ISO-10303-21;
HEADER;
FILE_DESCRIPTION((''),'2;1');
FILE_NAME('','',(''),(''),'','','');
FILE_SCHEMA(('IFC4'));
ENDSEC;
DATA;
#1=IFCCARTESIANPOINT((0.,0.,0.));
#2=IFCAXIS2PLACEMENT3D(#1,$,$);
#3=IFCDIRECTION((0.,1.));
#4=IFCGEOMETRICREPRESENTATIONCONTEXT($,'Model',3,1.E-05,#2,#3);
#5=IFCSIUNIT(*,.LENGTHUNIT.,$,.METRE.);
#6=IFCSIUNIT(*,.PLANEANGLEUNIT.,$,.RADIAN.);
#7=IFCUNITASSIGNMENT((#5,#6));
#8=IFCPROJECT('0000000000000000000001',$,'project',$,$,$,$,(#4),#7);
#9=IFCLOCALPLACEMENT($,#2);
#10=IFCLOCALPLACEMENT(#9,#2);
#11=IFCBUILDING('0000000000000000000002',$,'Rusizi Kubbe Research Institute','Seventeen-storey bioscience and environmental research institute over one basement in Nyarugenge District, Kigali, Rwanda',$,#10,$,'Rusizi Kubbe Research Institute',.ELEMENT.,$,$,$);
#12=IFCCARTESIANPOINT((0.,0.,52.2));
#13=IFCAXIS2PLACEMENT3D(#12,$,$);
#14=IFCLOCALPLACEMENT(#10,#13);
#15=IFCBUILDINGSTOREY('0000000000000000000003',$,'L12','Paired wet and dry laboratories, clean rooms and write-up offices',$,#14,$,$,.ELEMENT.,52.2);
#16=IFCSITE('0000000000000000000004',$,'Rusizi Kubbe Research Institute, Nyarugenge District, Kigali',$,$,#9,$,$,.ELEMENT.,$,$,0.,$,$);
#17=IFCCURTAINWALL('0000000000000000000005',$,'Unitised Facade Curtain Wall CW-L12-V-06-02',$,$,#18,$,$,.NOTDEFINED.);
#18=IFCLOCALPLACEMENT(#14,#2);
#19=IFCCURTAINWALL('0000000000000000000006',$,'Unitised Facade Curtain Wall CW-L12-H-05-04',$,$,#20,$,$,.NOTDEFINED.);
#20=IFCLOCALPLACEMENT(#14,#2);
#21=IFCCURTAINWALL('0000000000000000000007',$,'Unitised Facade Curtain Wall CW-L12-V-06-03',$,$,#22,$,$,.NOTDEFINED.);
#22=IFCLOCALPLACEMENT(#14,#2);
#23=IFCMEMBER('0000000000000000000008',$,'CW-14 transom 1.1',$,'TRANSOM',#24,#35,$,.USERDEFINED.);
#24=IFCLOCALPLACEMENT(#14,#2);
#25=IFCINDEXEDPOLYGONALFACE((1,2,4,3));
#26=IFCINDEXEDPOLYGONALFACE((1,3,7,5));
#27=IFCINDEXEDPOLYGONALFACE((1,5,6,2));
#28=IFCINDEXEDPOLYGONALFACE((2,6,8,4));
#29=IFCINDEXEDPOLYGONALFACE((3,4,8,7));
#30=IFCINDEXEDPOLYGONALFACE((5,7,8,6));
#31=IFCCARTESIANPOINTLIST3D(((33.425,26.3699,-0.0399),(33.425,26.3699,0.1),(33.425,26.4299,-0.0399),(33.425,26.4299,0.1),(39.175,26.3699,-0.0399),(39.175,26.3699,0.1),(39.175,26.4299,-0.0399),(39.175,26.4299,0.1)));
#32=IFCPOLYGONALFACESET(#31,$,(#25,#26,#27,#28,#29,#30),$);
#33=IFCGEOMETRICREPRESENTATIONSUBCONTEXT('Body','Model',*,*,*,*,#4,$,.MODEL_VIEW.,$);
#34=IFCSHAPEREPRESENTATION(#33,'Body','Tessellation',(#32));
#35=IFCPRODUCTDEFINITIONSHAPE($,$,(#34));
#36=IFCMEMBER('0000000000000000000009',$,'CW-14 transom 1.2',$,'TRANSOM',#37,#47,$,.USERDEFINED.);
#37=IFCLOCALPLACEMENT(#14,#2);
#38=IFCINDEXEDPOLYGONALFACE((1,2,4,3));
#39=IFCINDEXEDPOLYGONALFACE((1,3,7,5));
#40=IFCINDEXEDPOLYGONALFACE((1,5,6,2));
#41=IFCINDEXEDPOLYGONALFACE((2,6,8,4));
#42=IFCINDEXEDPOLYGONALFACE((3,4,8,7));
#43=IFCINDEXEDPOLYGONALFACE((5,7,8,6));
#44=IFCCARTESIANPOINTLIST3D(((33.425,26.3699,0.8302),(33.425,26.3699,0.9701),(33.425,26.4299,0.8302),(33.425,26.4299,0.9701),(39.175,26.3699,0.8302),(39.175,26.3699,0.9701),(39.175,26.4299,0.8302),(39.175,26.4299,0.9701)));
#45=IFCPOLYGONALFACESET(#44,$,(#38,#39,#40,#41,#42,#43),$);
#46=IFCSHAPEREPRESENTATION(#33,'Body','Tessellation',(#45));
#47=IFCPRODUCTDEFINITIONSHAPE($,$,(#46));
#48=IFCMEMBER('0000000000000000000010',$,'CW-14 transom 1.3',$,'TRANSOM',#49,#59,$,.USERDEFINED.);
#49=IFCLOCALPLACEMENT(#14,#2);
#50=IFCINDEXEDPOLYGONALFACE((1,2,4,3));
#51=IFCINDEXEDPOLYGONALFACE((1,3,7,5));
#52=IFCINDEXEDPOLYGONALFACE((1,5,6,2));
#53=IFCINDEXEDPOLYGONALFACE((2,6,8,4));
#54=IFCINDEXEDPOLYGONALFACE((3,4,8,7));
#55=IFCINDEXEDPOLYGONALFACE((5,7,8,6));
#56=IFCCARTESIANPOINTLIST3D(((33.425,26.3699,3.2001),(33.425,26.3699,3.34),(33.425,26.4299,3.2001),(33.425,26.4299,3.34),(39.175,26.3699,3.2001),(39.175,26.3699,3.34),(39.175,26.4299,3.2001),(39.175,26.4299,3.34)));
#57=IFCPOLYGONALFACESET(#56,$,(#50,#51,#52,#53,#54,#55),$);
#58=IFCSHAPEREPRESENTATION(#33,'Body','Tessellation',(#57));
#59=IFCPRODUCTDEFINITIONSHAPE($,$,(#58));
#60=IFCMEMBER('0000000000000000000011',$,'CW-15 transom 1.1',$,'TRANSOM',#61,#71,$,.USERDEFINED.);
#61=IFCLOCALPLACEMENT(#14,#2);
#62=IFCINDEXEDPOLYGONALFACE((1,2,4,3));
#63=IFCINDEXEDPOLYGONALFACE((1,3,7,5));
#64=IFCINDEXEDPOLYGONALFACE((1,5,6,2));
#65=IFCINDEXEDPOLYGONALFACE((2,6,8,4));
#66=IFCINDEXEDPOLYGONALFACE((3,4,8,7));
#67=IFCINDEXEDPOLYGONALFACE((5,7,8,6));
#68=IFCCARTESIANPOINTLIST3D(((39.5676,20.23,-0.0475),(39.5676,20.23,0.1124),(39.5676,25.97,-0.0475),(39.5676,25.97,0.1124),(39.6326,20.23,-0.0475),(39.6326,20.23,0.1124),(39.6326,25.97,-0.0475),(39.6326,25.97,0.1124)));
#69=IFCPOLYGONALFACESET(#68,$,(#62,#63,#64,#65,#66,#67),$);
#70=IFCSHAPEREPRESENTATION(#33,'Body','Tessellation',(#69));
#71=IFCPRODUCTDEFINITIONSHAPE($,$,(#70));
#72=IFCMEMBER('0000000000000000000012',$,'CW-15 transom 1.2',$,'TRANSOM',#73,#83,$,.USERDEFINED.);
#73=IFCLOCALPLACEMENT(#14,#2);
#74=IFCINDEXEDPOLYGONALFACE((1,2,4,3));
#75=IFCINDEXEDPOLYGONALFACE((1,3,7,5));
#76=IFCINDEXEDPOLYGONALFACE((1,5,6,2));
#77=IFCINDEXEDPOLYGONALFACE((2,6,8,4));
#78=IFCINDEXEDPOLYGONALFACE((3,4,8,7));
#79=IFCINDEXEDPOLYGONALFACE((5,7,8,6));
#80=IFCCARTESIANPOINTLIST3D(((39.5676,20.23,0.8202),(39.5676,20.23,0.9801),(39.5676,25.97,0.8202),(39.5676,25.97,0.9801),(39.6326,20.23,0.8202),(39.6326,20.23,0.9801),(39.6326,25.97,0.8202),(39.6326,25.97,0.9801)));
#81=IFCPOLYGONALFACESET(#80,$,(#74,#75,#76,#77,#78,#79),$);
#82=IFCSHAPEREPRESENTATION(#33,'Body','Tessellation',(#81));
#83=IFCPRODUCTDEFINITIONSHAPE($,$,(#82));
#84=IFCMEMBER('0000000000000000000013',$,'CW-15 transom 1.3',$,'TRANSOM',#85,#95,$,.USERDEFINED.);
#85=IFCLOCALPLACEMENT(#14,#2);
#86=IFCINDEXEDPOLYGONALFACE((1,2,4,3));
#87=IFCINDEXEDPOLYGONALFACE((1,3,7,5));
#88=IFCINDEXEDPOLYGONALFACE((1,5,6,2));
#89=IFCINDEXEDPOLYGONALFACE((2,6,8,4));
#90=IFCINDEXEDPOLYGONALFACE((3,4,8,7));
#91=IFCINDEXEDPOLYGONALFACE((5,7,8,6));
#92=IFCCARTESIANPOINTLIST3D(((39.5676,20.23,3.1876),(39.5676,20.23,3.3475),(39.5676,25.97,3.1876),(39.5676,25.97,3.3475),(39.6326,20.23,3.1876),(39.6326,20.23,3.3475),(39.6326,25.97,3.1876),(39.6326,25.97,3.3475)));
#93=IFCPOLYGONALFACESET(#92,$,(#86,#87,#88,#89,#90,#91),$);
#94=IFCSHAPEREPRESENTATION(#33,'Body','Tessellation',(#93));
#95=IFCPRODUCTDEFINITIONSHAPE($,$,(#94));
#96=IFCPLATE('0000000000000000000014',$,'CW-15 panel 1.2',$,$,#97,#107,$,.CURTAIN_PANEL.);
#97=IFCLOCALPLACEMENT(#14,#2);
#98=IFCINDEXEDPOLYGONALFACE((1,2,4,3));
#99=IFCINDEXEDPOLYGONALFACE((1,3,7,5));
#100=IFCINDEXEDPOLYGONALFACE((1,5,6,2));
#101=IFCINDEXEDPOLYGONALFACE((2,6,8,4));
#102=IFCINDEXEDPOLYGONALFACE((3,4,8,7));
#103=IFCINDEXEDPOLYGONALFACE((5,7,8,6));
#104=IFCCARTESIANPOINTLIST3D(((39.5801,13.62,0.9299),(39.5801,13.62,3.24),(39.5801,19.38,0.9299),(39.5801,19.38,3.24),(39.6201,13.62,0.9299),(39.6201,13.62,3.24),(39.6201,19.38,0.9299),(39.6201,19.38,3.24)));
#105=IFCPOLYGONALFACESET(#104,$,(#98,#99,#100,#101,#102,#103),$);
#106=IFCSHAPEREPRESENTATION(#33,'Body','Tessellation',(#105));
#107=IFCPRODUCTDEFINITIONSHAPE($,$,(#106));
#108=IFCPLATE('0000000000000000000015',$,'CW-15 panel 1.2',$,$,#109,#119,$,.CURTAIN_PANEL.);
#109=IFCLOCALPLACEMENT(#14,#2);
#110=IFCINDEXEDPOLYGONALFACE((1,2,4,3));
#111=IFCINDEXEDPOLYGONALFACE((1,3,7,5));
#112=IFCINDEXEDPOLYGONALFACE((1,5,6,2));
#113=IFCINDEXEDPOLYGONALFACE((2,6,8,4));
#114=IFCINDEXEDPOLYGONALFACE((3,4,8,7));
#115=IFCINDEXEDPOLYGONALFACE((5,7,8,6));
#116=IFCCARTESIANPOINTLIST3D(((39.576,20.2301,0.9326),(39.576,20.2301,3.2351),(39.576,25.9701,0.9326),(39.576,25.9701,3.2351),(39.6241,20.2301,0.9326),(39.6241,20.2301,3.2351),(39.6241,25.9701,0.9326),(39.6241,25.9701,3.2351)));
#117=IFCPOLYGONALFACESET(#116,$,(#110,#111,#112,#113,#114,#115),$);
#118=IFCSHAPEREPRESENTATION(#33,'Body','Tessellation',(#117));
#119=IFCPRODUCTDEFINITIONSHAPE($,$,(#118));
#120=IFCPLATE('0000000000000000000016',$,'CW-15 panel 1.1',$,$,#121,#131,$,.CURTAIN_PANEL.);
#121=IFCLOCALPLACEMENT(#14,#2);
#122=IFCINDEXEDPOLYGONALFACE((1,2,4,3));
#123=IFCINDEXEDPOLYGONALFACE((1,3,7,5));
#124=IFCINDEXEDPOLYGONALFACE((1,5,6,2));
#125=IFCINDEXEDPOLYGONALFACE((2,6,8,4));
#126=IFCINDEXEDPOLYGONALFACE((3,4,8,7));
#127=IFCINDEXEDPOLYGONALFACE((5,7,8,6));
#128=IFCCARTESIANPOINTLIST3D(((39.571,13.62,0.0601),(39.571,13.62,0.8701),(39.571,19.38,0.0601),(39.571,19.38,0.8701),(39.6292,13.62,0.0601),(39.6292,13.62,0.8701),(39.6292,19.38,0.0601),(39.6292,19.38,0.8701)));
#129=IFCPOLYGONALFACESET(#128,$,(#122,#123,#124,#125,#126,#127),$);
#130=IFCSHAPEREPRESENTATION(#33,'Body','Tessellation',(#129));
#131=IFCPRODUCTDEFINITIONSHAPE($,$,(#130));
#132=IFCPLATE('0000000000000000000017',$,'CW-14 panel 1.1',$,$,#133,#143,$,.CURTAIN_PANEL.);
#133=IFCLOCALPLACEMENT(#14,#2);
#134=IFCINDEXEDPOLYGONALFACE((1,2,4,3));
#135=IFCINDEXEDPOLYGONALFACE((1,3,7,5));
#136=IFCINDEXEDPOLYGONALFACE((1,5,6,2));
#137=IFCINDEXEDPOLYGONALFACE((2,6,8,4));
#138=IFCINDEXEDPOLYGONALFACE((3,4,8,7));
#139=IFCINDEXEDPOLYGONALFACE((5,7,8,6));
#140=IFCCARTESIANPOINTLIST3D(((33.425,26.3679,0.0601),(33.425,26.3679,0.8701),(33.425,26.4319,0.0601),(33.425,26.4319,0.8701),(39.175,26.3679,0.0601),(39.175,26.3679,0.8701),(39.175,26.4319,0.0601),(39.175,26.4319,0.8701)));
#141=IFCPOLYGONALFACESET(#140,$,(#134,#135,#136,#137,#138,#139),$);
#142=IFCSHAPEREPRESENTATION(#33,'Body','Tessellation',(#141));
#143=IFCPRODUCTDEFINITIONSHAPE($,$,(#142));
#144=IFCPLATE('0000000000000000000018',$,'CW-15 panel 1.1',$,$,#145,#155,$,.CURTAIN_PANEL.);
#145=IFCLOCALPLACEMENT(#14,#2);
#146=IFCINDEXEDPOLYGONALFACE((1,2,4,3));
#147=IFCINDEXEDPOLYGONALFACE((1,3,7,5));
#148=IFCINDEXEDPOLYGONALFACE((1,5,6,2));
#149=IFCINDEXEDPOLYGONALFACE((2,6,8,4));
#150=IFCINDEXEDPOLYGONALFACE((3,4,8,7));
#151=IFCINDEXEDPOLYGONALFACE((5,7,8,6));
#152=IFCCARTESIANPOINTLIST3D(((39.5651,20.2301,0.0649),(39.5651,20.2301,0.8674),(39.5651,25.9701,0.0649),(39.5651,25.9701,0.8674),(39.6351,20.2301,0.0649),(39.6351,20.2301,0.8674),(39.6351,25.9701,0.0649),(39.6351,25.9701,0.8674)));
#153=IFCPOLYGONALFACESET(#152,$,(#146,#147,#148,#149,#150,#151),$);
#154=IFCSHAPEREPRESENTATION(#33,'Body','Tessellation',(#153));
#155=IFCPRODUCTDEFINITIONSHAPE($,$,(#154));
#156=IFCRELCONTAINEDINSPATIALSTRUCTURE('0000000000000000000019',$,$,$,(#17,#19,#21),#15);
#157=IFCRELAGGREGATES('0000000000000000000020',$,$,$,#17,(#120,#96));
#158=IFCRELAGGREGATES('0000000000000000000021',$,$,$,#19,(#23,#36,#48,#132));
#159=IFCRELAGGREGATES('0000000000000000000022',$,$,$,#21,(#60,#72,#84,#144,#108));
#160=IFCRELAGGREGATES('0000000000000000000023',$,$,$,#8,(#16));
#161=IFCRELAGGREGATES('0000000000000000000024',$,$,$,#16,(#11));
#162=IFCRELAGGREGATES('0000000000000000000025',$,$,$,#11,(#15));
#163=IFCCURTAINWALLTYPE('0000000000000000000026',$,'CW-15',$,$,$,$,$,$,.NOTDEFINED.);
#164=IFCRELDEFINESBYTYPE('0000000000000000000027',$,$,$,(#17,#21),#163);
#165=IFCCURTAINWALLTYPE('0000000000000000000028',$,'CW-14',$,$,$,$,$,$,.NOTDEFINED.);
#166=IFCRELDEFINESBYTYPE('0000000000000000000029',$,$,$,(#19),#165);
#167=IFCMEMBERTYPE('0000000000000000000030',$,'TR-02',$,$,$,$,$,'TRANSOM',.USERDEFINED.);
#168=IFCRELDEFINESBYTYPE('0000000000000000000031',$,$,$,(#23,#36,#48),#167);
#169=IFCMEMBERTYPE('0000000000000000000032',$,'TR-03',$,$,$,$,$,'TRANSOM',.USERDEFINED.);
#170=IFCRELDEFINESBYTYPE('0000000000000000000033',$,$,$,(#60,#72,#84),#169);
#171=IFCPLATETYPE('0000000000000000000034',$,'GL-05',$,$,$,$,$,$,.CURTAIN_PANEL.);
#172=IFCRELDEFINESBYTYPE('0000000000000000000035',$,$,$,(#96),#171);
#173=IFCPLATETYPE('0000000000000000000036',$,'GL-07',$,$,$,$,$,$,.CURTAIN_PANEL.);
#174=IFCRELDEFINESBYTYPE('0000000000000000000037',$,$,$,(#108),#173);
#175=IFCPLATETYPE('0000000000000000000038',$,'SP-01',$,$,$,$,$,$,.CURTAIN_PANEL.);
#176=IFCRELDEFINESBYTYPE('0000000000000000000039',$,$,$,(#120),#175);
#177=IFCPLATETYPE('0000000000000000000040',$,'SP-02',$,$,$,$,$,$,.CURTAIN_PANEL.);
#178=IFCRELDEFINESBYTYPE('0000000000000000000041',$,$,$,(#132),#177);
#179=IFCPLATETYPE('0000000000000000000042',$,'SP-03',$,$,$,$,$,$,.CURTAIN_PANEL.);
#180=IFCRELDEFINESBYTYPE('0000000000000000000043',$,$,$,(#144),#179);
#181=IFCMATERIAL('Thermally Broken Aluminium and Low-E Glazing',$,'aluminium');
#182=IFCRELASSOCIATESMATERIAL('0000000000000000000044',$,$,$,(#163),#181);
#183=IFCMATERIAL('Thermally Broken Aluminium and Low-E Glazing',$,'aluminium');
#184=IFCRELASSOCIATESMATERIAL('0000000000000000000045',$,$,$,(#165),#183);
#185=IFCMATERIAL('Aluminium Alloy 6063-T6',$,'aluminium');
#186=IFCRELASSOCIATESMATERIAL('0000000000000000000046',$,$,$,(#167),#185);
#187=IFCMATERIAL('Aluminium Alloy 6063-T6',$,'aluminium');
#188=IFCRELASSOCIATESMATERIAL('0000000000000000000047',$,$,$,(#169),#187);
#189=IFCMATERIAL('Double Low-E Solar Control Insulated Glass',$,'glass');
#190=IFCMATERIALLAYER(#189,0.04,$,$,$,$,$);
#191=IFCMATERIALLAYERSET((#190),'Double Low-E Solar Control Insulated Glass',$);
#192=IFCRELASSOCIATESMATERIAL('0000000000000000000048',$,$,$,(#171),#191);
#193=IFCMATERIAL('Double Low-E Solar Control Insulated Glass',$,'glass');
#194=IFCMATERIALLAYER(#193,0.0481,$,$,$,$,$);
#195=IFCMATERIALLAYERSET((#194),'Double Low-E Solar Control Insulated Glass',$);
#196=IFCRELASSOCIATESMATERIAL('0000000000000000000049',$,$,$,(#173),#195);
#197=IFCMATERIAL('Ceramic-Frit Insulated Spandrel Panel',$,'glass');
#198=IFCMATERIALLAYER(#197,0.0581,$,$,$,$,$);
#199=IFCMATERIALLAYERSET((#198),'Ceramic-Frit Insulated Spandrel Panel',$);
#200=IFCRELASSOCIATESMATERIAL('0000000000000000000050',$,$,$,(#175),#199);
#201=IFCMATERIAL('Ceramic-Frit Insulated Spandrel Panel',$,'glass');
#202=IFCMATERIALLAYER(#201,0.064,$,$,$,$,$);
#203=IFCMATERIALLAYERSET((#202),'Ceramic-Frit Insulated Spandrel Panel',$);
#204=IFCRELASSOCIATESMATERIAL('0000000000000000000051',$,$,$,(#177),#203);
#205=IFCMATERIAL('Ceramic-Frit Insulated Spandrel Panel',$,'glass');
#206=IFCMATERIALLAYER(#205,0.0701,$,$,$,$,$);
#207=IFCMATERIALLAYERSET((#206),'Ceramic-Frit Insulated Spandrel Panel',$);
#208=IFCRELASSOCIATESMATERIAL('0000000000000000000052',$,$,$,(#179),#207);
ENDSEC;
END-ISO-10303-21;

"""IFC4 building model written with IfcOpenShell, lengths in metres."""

from ifc_helpers import new_model, si_unit, direction, frame, origin, origin_2d, place, context, subcontext, project, spatial, rectangle, extrude, material, layer, layer_set, material_profile, profile_set, type_object, element, aggregate, save


model = new_model("IFC4")

# Units and contexts
model_context = context("Model", 3, precision=1e-05, world=origin(), true_north=direction((0.0, 1.0)))
body_context = subcontext(model_context, "Body", "Model", "MODEL_VIEW")
ifc_project = project(units=[si_unit("LENGTHUNIT", "METRE"), si_unit("PLANEANGLEUNIT", "RADIAN")], contexts=[model_context])

# Site, building, storey
site_placement = place(None, origin())
site = spatial("IfcSite", under=ifc_project, at=site_placement, Name="Rusizi Kubbe Research Institute, Nyarugenge District, Kigali", CompositionType="ELEMENT", RefElevation=0.0)
building_placement = place(site_placement, origin())
building = spatial("IfcBuilding", under=site, at=building_placement, Name="Rusizi Kubbe Research Institute", Description="Seventeen-storey bioscience and environmental research institute over one basement in Nyarugenge District, Kigali, Rwanda", LongName="Rusizi Kubbe Research Institute", CompositionType="ELEMENT")
storey_placement = place(building_placement, frame((0.0, 0.0, 52.2)))
storey = spatial("IfcBuildingStorey", under=building, at=storey_placement, Name="L12", Description="Paired wet and dry laboratories, clean rooms and write-up offices", CompositionType="ELEMENT", Elevation=52.2)

# Curtain wall
ifc_material_1 = material(Name="Thermally Broken Aluminium and Low-E Glazing", Category="aluminium")
curtain_wall_type_1 = type_object("IfcCurtainWallType", Name="CW-15", PredefinedType="NOTDEFINED", material=ifc_material_1)
curtain_wall_1_placement = place(storey_placement, origin())
curtain_wall_1 = element("IfcCurtainWall", 1, at=curtain_wall_1_placement, inside=storey, type_object=curtain_wall_type_1, Name="Unitised Facade Curtain Wall CW-L12-V-06-02", PredefinedType="NOTDEFINED")

# Curtain walls
ifc_material_2 = material(Name="Thermally Broken Aluminium and Low-E Glazing", Category="aluminium")
curtain_wall_type_2 = type_object("IfcCurtainWallType", Name="CW-14", PredefinedType="NOTDEFINED", material=ifc_material_2)
curtain_wall_2_placement = place(storey_placement, origin())
curtain_wall_2 = element("IfcCurtainWall", 2, at=curtain_wall_2_placement, inside=storey, type_object=curtain_wall_type_2, Name="Unitised Facade Curtain Wall CW-L12-H-05-04", PredefinedType="NOTDEFINED")
curtain_wall_3_placement = place(storey_placement, origin())
curtain_wall_3 = element("IfcCurtainWall", 3, at=curtain_wall_3_placement, inside=storey, type_object=curtain_wall_type_1, Name="Unitised Facade Curtain Wall CW-L12-V-06-03", PredefinedType="NOTDEFINED")

# Members
ifc_material_3 = material(Name="Aluminium Alloy 6063-T6", Category="aluminium")
ifc_material_profile_1 = material_profile(ifc_material_3, rectangle(XDim=0.0601, YDim=0.1399, at=origin_2d()), Name="ALU-T 60x140")
ifc_profile_set_1 = profile_set([ifc_material_profile_1], Name="Aluminium Alloy 6063-T6")
member_type_1 = type_object("IfcMemberType", Name="TR-02", ElementType="TRANSOM", PredefinedType="USERDEFINED", material=ifc_profile_set_1)
member_1_placement = place(storey_placement, frame((33.425, 26.3999, 0.03), z_axis=(1.0, 0.0, 0.0), x_axis=(0.0, 1.0, 0.0)))
member_1 = element("IfcMember", 4, at=member_1_placement, type_object=member_type_1, Name="CW-14 transom 1.1", ObjectType="TRANSOM", PredefinedType="USERDEFINED", context=body_context, shape_type="SweptSolid", body=[
    extrude(rectangle(XDim=0.0601, YDim=0.1399, at=origin_2d()), origin(), (0.0, 0.0, 1.0), 5.75),
])
member_2_placement = place(storey_placement, frame((33.425, 26.3999, 0.9001), z_axis=(1.0, 0.0, 0.0), x_axis=(0.0, 1.0, 0.0)))
member_2 = element("IfcMember", 5, at=member_2_placement, type_object=member_type_1, Name="CW-14 transom 1.2", ObjectType="TRANSOM", PredefinedType="USERDEFINED", context=body_context, shape_type="SweptSolid", body=[
    extrude(rectangle(XDim=0.0601, YDim=0.1399, at=origin_2d()), origin(), (0.0, 0.0, 1.0), 5.75),
])
member_3_placement = place(storey_placement, frame((33.425, 26.3999, 3.27), z_axis=(1.0, 0.0, 0.0), x_axis=(0.0, 1.0, 0.0)))
member_3 = element("IfcMember", 6, at=member_3_placement, type_object=member_type_1, Name="CW-14 transom 1.3", ObjectType="TRANSOM", PredefinedType="USERDEFINED", context=body_context, shape_type="SweptSolid", body=[
    extrude(rectangle(XDim=0.0601, YDim=0.1399, at=origin_2d()), origin(), (0.0, 0.0, 1.0), 5.75),
])
ifc_material_4 = material(Name="Aluminium Alloy 6063-T6", Category="aluminium")
ifc_material_profile_2 = material_profile(ifc_material_4, rectangle(XDim=0.0649, YDim=0.1599, at=origin_2d()), Name="ALU-T 65x160")
ifc_profile_set_2 = profile_set([ifc_material_profile_2], Name="Aluminium Alloy 6063-T6")
member_type_2 = type_object("IfcMemberType", Name="TR-03", ElementType="TRANSOM", PredefinedType="USERDEFINED", material=ifc_profile_set_2)
member_4_placement = place(storey_placement, frame((39.6001, 20.23, 0.0325), z_axis=(0.0, 1.0, 0.0), x_axis=(-1.0, 0.0, 0.0)))
member_4 = element("IfcMember", 7, at=member_4_placement, type_object=member_type_2, Name="CW-15 transom 1.1", ObjectType="TRANSOM", PredefinedType="USERDEFINED", context=body_context, shape_type="SweptSolid", body=[
    extrude(rectangle(XDim=0.0649, YDim=0.1599, at=origin_2d()), origin(), (0.0, 0.0, 1.0), 5.74),
])
member_5_placement = place(storey_placement, frame((39.6001, 20.23, 0.9001), z_axis=(0.0, 1.0, 0.0), x_axis=(-1.0, 0.0, 0.0)))
member_5 = element("IfcMember", 8, at=member_5_placement, type_object=member_type_2, Name="CW-15 transom 1.2", ObjectType="TRANSOM", PredefinedType="USERDEFINED", context=body_context, shape_type="SweptSolid", body=[
    extrude(rectangle(XDim=0.0649, YDim=0.1599, at=origin_2d()), origin(), (0.0, 0.0, 1.0), 5.74),
])
member_6_placement = place(storey_placement, frame((39.6001, 20.23, 3.2676), z_axis=(0.0, 1.0, 0.0), x_axis=(-1.0, 0.0, 0.0)))
member_6 = element("IfcMember", 9, at=member_6_placement, type_object=member_type_2, Name="CW-15 transom 1.3", ObjectType="TRANSOM", PredefinedType="USERDEFINED", context=body_context, shape_type="SweptSolid", body=[
    extrude(rectangle(XDim=0.0649, YDim=0.1599, at=origin_2d()), origin(), (0.0, 0.0, 1.0), 5.74),
])

# Plates
ifc_material_5 = material(Name="Double Low-E Solar Control Insulated Glass", Category="glass")
ifc_layer_1 = layer(ifc_material_5, 0.04)
ifc_layer_set_1 = layer_set([ifc_layer_1], Name="Double Low-E Solar Control Insulated Glass")
plate_type_1 = type_object("IfcPlateType", Name="GL-05", PredefinedType="CURTAIN_PANEL", material=ifc_layer_set_1)
plate_1_placement = place(storey_placement, frame((39.6001, 16.5, 0.9299), z_axis=(0.0, 0.0, 1.0), x_axis=(0.0, 1.0, 0.0)))
plate_1 = element("IfcPlate", 10, at=plate_1_placement, type_object=plate_type_1, Name="CW-15 panel 1.2", PredefinedType="CURTAIN_PANEL", context=body_context, shape_type="SweptSolid", body=[
    extrude(rectangle(XDim=5.76, YDim=0.04, at=origin_2d()), origin(), (0.0, 0.0, 1.0), 2.3101),
])
ifc_material_6 = material(Name="Double Low-E Solar Control Insulated Glass", Category="glass")
ifc_layer_2 = layer(ifc_material_6, 0.0481)
ifc_layer_set_2 = layer_set([ifc_layer_2], Name="Double Low-E Solar Control Insulated Glass")
plate_type_2 = type_object("IfcPlateType", Name="GL-07", PredefinedType="CURTAIN_PANEL", material=ifc_layer_set_2)
plate_2_placement = place(storey_placement, frame((39.6001, 23.1001, 0.9326), z_axis=(0.0, 0.0, 1.0), x_axis=(0.0, 1.0, 0.0)))
plate_2 = element("IfcPlate", 11, at=plate_2_placement, type_object=plate_type_2, Name="CW-15 panel 1.2", PredefinedType="CURTAIN_PANEL", context=body_context, shape_type="SweptSolid", body=[
    extrude(rectangle(XDim=5.74, YDim=0.0481, at=origin_2d()), origin(), (0.0, 0.0, 1.0), 2.3025),
])
ifc_material_7 = material(Name="Ceramic-Frit Insulated Spandrel Panel", Category="glass")
ifc_layer_3 = layer(ifc_material_7, 0.0581)
ifc_layer_set_3 = layer_set([ifc_layer_3], Name="Ceramic-Frit Insulated Spandrel Panel")
plate_type_3 = type_object("IfcPlateType", Name="SP-01", PredefinedType="CURTAIN_PANEL", material=ifc_layer_set_3)
plate_3_placement = place(storey_placement, frame((39.6001, 16.5, 0.0601), z_axis=(0.0, 0.0, 1.0), x_axis=(0.0, 1.0, 0.0)))
plate_3 = element("IfcPlate", 12, at=plate_3_placement, type_object=plate_type_3, Name="CW-15 panel 1.1", PredefinedType="CURTAIN_PANEL", context=body_context, shape_type="SweptSolid", body=[
    extrude(rectangle(XDim=5.76, YDim=0.0581, at=origin_2d()), origin(), (0.0, 0.0, 1.0), 0.8101),
])
aggregate(curtain_wall_1, [plate_3, plate_1])
ifc_material_8 = material(Name="Ceramic-Frit Insulated Spandrel Panel", Category="glass")
ifc_layer_4 = layer(ifc_material_8, 0.064)
ifc_layer_set_4 = layer_set([ifc_layer_4], Name="Ceramic-Frit Insulated Spandrel Panel")
plate_type_4 = type_object("IfcPlateType", Name="SP-02", PredefinedType="CURTAIN_PANEL", material=ifc_layer_set_4)
plate_4_placement = place(storey_placement, frame((36.3, 26.3999, 0.0601), z_axis=(0.0, 0.0, 1.0), x_axis=(1.0, 0.0, 0.0)))
plate_4 = element("IfcPlate", 13, at=plate_4_placement, type_object=plate_type_4, Name="CW-14 panel 1.1", PredefinedType="CURTAIN_PANEL", context=body_context, shape_type="SweptSolid", body=[
    extrude(rectangle(XDim=5.75, YDim=0.064, at=origin_2d()), origin(), (0.0, 0.0, 1.0), 0.8101),
])
aggregate(curtain_wall_2, [member_1, member_2, member_3, plate_4])
ifc_material_9 = material(Name="Ceramic-Frit Insulated Spandrel Panel", Category="glass")
ifc_layer_5 = layer(ifc_material_9, 0.0701)
ifc_layer_set_5 = layer_set([ifc_layer_5], Name="Ceramic-Frit Insulated Spandrel Panel")
plate_type_5 = type_object("IfcPlateType", Name="SP-03", PredefinedType="CURTAIN_PANEL", material=ifc_layer_set_5)
plate_5_placement = place(storey_placement, frame((39.6001, 23.1001, 0.0649), z_axis=(0.0, 0.0, 1.0), x_axis=(0.0, 1.0, 0.0)))
plate_5 = element("IfcPlate", 14, at=plate_5_placement, type_object=plate_type_5, Name="CW-15 panel 1.1", PredefinedType="CURTAIN_PANEL", context=body_context, shape_type="SweptSolid", body=[
    extrude(rectangle(XDim=5.74, YDim=0.0701, at=origin_2d()), origin(), (0.0, 0.0, 1.0), 0.8025),
])
aggregate(curtain_wall_3, [member_4, member_5, member_6, plate_5, plate_2])

save(model, "model.ifc")
